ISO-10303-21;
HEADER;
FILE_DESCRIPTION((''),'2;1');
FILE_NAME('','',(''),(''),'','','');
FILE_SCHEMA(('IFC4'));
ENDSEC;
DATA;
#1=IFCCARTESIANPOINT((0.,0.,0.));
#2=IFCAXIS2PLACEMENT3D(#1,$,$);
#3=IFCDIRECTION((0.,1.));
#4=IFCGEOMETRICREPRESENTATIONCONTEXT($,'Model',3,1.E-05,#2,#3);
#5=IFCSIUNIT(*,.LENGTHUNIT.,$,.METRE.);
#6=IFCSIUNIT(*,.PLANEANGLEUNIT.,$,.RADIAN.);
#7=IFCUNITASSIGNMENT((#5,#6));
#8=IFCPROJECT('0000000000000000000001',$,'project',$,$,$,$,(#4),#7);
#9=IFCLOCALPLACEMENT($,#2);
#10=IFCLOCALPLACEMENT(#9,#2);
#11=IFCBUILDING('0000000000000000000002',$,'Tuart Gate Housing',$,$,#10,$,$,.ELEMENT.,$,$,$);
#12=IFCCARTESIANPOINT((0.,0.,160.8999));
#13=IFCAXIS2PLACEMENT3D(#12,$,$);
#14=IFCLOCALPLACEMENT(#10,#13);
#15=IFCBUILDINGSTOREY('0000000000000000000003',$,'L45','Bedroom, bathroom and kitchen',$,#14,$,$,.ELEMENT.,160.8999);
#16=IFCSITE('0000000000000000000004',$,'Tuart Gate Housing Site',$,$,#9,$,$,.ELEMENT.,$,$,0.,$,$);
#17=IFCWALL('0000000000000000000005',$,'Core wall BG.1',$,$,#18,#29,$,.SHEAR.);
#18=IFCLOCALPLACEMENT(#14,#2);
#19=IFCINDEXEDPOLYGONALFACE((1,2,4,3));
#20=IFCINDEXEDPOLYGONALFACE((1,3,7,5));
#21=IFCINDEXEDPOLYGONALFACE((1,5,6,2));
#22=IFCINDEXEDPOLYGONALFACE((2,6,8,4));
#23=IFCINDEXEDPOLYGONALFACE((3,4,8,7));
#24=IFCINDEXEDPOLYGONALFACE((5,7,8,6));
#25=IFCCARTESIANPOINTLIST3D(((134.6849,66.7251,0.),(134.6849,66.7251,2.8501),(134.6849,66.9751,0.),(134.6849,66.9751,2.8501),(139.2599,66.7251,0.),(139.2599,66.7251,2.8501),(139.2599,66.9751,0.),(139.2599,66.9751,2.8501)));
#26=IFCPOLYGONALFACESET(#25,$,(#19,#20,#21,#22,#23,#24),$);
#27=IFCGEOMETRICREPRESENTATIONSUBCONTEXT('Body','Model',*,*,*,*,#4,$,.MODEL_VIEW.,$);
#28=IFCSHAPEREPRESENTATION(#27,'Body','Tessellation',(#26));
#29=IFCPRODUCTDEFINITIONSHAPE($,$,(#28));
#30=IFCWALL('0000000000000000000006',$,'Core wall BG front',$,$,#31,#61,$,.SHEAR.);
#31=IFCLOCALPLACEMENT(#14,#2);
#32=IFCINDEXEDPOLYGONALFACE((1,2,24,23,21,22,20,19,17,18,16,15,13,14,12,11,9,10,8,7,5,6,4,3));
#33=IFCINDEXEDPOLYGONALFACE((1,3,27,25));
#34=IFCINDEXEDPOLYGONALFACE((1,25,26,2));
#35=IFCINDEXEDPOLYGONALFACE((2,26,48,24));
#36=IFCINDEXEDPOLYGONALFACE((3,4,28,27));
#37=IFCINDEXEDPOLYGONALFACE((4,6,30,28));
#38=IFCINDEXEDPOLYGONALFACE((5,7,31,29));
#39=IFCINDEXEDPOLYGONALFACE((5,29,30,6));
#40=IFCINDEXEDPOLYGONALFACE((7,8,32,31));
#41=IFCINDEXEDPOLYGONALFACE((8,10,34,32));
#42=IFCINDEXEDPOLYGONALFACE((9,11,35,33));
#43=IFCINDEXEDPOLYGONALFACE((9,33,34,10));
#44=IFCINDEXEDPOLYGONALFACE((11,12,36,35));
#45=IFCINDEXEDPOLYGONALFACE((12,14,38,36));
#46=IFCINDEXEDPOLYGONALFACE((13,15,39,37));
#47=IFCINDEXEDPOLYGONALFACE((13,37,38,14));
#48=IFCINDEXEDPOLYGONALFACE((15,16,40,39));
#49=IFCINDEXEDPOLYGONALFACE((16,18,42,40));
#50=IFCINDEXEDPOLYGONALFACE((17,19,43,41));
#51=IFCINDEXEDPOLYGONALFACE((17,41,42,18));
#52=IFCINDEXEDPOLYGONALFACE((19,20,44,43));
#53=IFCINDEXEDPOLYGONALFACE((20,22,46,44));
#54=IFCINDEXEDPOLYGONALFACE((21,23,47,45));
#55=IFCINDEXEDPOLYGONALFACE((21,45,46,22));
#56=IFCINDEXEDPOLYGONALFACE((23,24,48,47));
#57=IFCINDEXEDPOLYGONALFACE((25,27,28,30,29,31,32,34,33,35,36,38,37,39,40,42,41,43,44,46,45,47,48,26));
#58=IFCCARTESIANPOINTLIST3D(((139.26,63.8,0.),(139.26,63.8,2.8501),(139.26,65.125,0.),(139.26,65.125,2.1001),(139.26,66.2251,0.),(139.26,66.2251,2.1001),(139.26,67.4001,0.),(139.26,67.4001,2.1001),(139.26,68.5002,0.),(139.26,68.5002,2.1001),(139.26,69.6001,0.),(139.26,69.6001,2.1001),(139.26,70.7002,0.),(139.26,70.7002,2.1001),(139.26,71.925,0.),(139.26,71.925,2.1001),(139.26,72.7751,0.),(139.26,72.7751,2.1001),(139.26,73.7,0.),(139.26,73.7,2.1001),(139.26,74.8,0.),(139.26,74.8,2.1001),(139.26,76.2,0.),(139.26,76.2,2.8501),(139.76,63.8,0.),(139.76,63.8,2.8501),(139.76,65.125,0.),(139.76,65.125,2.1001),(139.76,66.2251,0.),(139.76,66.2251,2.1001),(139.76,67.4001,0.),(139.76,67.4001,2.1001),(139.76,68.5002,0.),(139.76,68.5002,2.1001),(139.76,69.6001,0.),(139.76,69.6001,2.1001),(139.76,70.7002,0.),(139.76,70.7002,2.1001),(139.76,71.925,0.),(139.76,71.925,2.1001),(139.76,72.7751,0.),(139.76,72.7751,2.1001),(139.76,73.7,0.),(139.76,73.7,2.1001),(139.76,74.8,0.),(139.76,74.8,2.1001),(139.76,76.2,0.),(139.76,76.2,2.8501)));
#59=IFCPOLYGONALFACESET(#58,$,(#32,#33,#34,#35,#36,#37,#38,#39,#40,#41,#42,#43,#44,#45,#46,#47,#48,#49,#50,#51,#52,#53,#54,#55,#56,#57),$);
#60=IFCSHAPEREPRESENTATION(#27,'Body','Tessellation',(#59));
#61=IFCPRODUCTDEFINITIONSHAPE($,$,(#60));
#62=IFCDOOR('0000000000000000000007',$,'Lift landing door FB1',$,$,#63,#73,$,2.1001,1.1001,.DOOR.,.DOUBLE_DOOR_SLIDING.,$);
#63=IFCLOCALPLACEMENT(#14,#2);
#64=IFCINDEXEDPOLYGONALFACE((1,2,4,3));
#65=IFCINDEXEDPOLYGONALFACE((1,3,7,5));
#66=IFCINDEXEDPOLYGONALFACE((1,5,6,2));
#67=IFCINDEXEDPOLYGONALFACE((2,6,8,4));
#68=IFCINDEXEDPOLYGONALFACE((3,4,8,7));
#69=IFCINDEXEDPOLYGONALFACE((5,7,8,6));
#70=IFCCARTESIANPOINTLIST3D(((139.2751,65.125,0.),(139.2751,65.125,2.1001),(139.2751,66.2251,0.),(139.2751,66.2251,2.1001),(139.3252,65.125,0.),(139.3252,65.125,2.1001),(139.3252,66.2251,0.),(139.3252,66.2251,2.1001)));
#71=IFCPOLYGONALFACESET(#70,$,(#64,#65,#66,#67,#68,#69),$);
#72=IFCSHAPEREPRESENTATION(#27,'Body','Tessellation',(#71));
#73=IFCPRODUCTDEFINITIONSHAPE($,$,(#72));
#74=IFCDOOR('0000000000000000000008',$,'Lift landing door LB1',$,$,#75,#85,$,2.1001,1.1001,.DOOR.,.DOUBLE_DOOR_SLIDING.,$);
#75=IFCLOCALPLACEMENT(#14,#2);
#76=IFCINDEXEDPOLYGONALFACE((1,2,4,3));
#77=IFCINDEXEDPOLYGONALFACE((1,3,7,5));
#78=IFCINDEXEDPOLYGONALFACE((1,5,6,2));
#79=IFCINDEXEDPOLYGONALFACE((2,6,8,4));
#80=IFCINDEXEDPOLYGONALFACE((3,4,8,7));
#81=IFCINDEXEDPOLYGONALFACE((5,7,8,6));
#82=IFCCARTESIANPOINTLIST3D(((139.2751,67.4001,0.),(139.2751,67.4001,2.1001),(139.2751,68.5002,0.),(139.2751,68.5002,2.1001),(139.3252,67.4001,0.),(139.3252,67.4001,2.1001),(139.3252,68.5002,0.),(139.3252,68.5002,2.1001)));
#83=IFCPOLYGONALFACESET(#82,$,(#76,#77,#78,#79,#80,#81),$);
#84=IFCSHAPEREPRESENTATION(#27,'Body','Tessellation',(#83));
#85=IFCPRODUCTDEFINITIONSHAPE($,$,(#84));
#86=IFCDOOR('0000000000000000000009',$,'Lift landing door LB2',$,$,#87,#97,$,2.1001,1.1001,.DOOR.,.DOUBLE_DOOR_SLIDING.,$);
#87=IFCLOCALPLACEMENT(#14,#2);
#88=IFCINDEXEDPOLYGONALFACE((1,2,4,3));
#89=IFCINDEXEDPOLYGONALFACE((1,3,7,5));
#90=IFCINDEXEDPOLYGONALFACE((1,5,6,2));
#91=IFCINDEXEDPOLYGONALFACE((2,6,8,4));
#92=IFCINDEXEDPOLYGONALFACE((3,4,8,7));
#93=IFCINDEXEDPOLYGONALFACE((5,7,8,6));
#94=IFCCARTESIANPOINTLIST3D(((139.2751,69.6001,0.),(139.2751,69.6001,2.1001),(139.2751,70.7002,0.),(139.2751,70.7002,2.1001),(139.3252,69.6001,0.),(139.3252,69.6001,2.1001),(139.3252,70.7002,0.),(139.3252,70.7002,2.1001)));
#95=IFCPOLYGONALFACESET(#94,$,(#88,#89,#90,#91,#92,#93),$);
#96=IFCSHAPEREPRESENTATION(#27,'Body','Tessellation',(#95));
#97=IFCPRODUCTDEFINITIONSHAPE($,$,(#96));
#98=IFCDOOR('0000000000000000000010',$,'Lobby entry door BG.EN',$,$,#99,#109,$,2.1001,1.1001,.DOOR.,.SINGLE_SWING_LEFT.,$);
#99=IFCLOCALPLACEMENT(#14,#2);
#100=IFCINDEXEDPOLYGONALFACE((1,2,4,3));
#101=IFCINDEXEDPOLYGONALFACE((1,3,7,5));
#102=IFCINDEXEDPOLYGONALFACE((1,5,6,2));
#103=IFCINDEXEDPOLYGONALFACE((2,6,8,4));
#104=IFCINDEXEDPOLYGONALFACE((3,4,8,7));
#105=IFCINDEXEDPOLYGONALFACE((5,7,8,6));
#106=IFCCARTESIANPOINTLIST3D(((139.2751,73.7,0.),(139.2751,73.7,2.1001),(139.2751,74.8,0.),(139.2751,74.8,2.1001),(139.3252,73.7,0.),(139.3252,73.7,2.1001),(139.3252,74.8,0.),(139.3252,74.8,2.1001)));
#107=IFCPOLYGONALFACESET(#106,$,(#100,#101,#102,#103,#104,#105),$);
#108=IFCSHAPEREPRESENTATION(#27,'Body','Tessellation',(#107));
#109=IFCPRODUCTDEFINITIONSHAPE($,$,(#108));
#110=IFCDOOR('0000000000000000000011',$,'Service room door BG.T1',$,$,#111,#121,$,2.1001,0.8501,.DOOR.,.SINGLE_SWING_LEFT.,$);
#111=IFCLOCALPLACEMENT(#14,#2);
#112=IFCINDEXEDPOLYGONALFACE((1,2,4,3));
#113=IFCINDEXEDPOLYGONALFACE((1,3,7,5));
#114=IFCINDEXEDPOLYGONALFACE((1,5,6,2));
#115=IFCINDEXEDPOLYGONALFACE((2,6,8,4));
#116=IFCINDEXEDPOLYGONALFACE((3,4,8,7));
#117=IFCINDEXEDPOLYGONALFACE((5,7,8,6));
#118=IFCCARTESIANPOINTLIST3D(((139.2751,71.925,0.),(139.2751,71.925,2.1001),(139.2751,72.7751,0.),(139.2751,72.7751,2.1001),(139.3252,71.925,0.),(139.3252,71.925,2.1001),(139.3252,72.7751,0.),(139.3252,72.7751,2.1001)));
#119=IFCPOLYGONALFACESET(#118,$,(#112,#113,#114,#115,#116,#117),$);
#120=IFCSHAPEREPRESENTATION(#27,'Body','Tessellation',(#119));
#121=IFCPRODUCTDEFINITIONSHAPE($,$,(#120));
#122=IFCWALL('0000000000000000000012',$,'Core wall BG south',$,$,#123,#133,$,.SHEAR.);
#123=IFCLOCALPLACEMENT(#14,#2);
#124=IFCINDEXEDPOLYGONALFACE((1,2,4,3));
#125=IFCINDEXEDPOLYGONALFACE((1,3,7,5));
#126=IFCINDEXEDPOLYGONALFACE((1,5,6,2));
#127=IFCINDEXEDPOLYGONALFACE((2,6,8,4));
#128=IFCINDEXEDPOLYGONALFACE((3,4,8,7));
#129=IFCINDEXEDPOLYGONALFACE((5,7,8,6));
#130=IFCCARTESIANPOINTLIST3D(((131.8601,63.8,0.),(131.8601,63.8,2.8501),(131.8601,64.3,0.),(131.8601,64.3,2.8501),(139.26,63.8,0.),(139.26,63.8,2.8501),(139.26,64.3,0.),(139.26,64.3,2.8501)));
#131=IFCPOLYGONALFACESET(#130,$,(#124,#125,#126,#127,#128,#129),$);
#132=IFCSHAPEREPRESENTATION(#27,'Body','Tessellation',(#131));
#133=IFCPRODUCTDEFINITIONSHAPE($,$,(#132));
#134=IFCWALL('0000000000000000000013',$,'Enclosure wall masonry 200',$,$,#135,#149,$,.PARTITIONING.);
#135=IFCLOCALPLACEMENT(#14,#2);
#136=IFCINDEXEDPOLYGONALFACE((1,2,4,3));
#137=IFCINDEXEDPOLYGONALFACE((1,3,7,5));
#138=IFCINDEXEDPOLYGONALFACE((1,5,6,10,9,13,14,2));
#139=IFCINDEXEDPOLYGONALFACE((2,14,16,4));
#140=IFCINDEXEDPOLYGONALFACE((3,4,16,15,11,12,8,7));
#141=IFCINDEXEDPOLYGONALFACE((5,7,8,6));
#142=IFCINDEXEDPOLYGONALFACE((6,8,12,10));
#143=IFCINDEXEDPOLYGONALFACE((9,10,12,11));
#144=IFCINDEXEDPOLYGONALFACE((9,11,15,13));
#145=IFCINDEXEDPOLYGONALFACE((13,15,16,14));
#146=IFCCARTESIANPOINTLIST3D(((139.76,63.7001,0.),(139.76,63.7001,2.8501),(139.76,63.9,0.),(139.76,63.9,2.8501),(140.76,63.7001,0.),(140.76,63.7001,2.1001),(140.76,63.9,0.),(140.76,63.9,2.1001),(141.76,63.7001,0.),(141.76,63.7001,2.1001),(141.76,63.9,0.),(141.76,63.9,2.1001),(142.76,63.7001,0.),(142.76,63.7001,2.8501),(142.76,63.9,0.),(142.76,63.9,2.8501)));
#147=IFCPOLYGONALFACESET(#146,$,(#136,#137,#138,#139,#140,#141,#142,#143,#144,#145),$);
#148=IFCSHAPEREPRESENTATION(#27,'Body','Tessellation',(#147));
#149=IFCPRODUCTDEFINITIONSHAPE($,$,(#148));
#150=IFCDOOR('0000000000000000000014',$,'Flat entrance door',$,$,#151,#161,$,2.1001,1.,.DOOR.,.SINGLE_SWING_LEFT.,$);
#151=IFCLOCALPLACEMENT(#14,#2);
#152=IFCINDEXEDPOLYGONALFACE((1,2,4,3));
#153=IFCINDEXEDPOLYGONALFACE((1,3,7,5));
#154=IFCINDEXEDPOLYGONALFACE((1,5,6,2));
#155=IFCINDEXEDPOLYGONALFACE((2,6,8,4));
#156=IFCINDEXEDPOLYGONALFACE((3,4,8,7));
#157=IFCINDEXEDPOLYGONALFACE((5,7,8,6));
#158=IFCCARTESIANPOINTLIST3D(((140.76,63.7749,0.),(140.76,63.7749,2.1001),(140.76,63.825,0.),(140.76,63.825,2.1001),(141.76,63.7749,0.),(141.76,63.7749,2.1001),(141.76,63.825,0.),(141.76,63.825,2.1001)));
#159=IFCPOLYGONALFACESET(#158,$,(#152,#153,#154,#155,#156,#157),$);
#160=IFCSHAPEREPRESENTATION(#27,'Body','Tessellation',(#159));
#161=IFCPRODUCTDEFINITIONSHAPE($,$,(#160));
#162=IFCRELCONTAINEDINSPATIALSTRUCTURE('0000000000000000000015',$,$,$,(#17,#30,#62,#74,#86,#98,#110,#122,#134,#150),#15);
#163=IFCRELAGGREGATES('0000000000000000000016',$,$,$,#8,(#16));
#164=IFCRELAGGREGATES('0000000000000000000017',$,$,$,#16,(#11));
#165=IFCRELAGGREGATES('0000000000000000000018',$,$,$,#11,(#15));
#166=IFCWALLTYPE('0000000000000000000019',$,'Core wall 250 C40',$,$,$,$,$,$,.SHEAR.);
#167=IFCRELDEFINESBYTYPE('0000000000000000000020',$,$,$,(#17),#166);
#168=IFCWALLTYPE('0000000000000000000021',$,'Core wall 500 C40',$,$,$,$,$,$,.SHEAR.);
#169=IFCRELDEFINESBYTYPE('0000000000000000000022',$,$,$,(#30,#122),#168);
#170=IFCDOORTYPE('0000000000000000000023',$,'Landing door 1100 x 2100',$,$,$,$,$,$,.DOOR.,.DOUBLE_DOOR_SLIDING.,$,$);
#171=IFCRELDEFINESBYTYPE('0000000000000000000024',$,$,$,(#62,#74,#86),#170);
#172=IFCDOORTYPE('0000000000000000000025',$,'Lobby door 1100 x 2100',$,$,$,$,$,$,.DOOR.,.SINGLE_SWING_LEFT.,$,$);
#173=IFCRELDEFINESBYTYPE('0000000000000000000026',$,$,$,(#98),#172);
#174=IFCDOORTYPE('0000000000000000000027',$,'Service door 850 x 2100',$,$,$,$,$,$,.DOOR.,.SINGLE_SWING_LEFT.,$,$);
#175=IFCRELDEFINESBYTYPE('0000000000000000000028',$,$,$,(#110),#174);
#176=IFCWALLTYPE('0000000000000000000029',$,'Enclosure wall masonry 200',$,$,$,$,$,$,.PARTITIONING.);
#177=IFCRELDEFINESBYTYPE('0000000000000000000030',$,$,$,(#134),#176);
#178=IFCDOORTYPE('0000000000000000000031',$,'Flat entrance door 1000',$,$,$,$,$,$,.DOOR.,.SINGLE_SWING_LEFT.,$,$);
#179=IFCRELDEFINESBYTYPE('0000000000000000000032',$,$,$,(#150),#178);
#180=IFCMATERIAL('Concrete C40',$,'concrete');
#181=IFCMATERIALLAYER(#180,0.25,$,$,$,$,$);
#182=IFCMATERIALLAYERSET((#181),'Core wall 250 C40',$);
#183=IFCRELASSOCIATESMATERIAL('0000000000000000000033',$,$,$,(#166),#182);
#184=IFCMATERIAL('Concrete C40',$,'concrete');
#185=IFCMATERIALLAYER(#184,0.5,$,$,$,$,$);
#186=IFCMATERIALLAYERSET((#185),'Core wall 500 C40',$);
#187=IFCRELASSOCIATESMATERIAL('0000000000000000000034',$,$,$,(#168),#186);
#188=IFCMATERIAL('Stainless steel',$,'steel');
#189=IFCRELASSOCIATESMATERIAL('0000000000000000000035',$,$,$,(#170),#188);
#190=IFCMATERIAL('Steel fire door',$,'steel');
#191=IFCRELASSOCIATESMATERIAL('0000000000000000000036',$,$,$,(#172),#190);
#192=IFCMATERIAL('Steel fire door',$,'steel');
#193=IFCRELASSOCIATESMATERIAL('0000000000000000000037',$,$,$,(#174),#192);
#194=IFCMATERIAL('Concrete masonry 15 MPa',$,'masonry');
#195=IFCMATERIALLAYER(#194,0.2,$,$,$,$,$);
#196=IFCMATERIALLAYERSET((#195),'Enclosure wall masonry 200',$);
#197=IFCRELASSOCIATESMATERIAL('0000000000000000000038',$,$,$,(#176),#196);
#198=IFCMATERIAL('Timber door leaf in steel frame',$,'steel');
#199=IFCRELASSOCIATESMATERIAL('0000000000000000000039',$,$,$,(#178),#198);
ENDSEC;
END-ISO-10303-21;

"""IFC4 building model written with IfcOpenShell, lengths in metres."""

from ifc_helpers import new_model, si_unit, direction, frame, frame_2d, origin, place, context, subcontext, project, spatial, rectangle, extrude, material, layer, layer_set, type_object, element, fill, save


model = new_model("IFC4")

# Units and contexts
model_context = context("Model", 3, precision=1e-05, world=origin(), true_north=direction((0.0, 1.0)))
body_context = subcontext(model_context, "Body", "Model", "MODEL_VIEW")
ifc_project = project(units=[si_unit("LENGTHUNIT", "METRE"), si_unit("PLANEANGLEUNIT", "RADIAN")], contexts=[model_context])

# Site, building, storey
site_placement = place(None, origin())
site = spatial("IfcSite", under=ifc_project, at=site_placement, Name="Tuart Gate Housing Site", CompositionType="ELEMENT", RefElevation=0.0)
building_placement = place(site_placement, origin())
building = spatial("IfcBuilding", under=site, at=building_placement, Name="Tuart Gate Housing", CompositionType="ELEMENT")
storey_placement = place(building_placement, frame((0.0, 0.0, 160.8999)))
storey = spatial("IfcBuildingStorey", under=building, at=storey_placement, Name="L45", Description="Bedroom, bathroom and kitchen", CompositionType="ELEMENT", Elevation=160.8999)

# Wall
ifc_material_1 = material(Name="Concrete C40", Category="concrete")
ifc_layer_1 = layer(ifc_material_1, 0.25)
ifc_layer_set_1 = layer_set([ifc_layer_1], Name="Core wall 250 C40")
wall_type_1 = type_object("IfcWallType", Name="Core wall 250 C40", PredefinedType="SHEAR", material=ifc_layer_set_1)
wall_1_placement = place(storey_placement, frame((139.26, 66.8501, 0.0), z_axis=(0.0, 0.0, 1.0), x_axis=(-1.0, 0.0, 0.0)))
element("IfcWall", 1, at=wall_1_placement, inside=storey, type_object=wall_type_1, Name="Core wall BG.1", PredefinedType="SHEAR", context=body_context, shape_type="SweptSolid", body=[
    extrude(rectangle(XDim=4.575, YDim=0.25, at=frame_2d((2.2876, 0.0))), origin(), (0.0, 0.0, 1.0), 2.8501),
])

# Wall, openings, doors
ifc_material_2 = material(Name="Concrete C40", Category="concrete")
ifc_layer_2 = layer(ifc_material_2, 0.5)
ifc_layer_set_2 = layer_set([ifc_layer_2], Name="Core wall 500 C40")
wall_type_2 = type_object("IfcWallType", Name="Core wall 500 C40", PredefinedType="SHEAR", material=ifc_layer_set_2)
wall_2_placement = place(storey_placement, frame((139.51, 63.8, 0.0), z_axis=(0.0, 0.0, 1.0), x_axis=(0.0, 1.0, 0.0)))
wall_2 = element("IfcWall", 2, at=wall_2_placement, inside=storey, type_object=wall_type_2, Name="Core wall BG front", PredefinedType="SHEAR", context=body_context, shape_type="SweptSolid", body=[
    extrude(rectangle(XDim=12.3999, YDim=0.5, at=frame_2d((6.2, 0.0))), origin(), (0.0, 0.0, 1.0), 2.8501),
])
opening_1_placement = place(wall_2_placement, frame((1.325, 0.0, 0.0)))
opening_1 = element("IfcOpeningElement", 3, at=opening_1_placement, cuts=wall_2, PredefinedType="OPENING", context=body_context, shape_type="SweptSolid", body=[
    extrude(rectangle(XDim=1.1001, YDim=2.1001, at=frame_2d((0.55, 1.05))), frame((0.0, 0.26, 0.0), z_axis=(0.0, -1.0, 0.0), x_axis=(1.0, 0.0, 0.0)), (0.0, 0.0, 1.0), 0.52),
])
opening_2_placement = place(wall_2_placement, frame((3.6001, 0.0, 0.0)))
opening_2 = element("IfcOpeningElement", 4, at=opening_2_placement, cuts=wall_2, PredefinedType="OPENING", context=body_context, shape_type="SweptSolid", body=[
    extrude(rectangle(XDim=1.1001, YDim=2.1001, at=frame_2d((0.55, 1.05))), frame((0.0, 0.26, 0.0), z_axis=(0.0, -1.0, 0.0), x_axis=(1.0, 0.0, 0.0)), (0.0, 0.0, 1.0), 0.52),
])
opening_3_placement = place(wall_2_placement, frame((5.8, 0.0, 0.0)))
opening_3 = element("IfcOpeningElement", 5, at=opening_3_placement, cuts=wall_2, PredefinedType="OPENING", context=body_context, shape_type="SweptSolid", body=[
    extrude(rectangle(XDim=1.1001, YDim=2.1001, at=frame_2d((0.55, 1.05))), frame((0.0, 0.26, 0.0), z_axis=(0.0, -1.0, 0.0), x_axis=(1.0, 0.0, 0.0)), (0.0, 0.0, 1.0), 0.52),
])
opening_4_placement = place(wall_2_placement, frame((9.8999, 0.0, 0.0)))
opening_4 = element("IfcOpeningElement", 6, at=opening_4_placement, cuts=wall_2, PredefinedType="OPENING", context=body_context, shape_type="SweptSolid", body=[
    extrude(rectangle(XDim=1.1001, YDim=2.1001, at=frame_2d((0.55, 1.05))), frame((0.0, 0.26, 0.0), z_axis=(0.0, -1.0, 0.0), x_axis=(1.0, 0.0, 0.0)), (0.0, 0.0, 1.0), 0.52),
])
opening_5_placement = place(wall_2_placement, frame((8.125, 0.0, 0.0)))
opening_5 = element("IfcOpeningElement", 7, at=opening_5_placement, cuts=wall_2, PredefinedType="OPENING", context=body_context, shape_type="SweptSolid", body=[
    extrude(rectangle(XDim=0.8501, YDim=2.1001, at=frame_2d((0.425, 1.05))), frame((0.0, 0.26, 0.0), z_axis=(0.0, -1.0, 0.0), x_axis=(1.0, 0.0, 0.0)), (0.0, 0.0, 1.0), 0.52),
])
ifc_material_3 = material(Name="Stainless steel", Category="steel")
door_type_1 = type_object("IfcDoorType", Name="Landing door 1100 x 2100", OperationType="DOUBLE_DOOR_SLIDING", PredefinedType="DOOR", material=ifc_material_3)
door_1_placement = place(opening_1_placement, origin())
door_1 = element("IfcDoor", 8, at=door_1_placement, inside=storey, type_object=door_type_1, Name="Lift landing door FB1", OperationType="DOUBLE_DOOR_SLIDING", OverallHeight=2.1001, OverallWidth=1.1001, PredefinedType="DOOR", context=body_context, shape_type="SweptSolid", body=[
    extrude(rectangle(XDim=1.1001, YDim=2.1001, at=frame_2d((0.55, 1.05))), frame((0.0, 0.2349, 0.0), z_axis=(0.0, -1.0, 0.0), x_axis=(1.0, 0.0, 0.0)), (0.0, 0.0, 1.0), 0.05),
])
fill(opening_1, door_1)
door_2_placement = place(opening_2_placement, origin())
door_2 = element("IfcDoor", 9, at=door_2_placement, inside=storey, type_object=door_type_1, Name="Lift landing door LB1", OperationType="DOUBLE_DOOR_SLIDING", OverallHeight=2.1001, OverallWidth=1.1001, PredefinedType="DOOR", context=body_context, shape_type="SweptSolid", body=[
    extrude(rectangle(XDim=1.1001, YDim=2.1001, at=frame_2d((0.55, 1.05))), frame((0.0, 0.2349, 0.0), z_axis=(0.0, -1.0, 0.0), x_axis=(1.0, 0.0, 0.0)), (0.0, 0.0, 1.0), 0.05),
])
fill(opening_2, door_2)
door_3_placement = place(opening_3_placement, origin())
door_3 = element("IfcDoor", 10, at=door_3_placement, inside=storey, type_object=door_type_1, Name="Lift landing door LB2", OperationType="DOUBLE_DOOR_SLIDING", OverallHeight=2.1001, OverallWidth=1.1001, PredefinedType="DOOR", context=body_context, shape_type="SweptSolid", body=[
    extrude(rectangle(XDim=1.1001, YDim=2.1001, at=frame_2d((0.55, 1.05))), frame((0.0, 0.2349, 0.0), z_axis=(0.0, -1.0, 0.0), x_axis=(1.0, 0.0, 0.0)), (0.0, 0.0, 1.0), 0.05),
])
fill(opening_3, door_3)
ifc_material_4 = material(Name="Steel fire door", Category="steel")
door_type_2 = type_object("IfcDoorType", Name="Lobby door 1100 x 2100", OperationType="SINGLE_SWING_LEFT", PredefinedType="DOOR", material=ifc_material_4)
door_4_placement = place(opening_4_placement, origin())
door_4 = element("IfcDoor", 11, at=door_4_placement, inside=storey, type_object=door_type_2, Name="Lobby entry door BG.EN", OperationType="SINGLE_SWING_LEFT", OverallHeight=2.1001, OverallWidth=1.1001, PredefinedType="DOOR", context=body_context, shape_type="SweptSolid", body=[
    extrude(rectangle(XDim=1.1001, YDim=2.1001, at=frame_2d((0.55, 1.05))), frame((0.0, 0.2349, 0.0), z_axis=(0.0, -1.0, 0.0), x_axis=(1.0, 0.0, 0.0)), (0.0, 0.0, 1.0), 0.05),
])
fill(opening_4, door_4)
ifc_material_5 = material(Name="Steel fire door", Category="steel")
door_type_3 = type_object("IfcDoorType", Name="Service door 850 x 2100", OperationType="SINGLE_SWING_LEFT", PredefinedType="DOOR", material=ifc_material_5)
door_5_placement = place(opening_5_placement, origin())
door_5 = element("IfcDoor", 12, at=door_5_placement, inside=storey, type_object=door_type_3, Name="Service room door BG.T1", OperationType="SINGLE_SWING_LEFT", OverallHeight=2.1001, OverallWidth=0.8501, PredefinedType="DOOR", context=body_context, shape_type="SweptSolid", body=[
    extrude(rectangle(XDim=0.8501, YDim=2.1001, at=frame_2d((0.425, 1.05))), frame((0.0, 0.2349, 0.0), z_axis=(0.0, -1.0, 0.0), x_axis=(1.0, 0.0, 0.0)), (0.0, 0.0, 1.0), 0.05),
])
fill(opening_5, door_5)

# Wall
wall_3_placement = place(storey_placement, frame((139.26, 64.05, 0.0), z_axis=(0.0, 0.0, 1.0), x_axis=(-1.0, 0.0, 0.0)))
element("IfcWall", 13, at=wall_3_placement, inside=storey, type_object=wall_type_2, Name="Core wall BG south", PredefinedType="SHEAR", context=body_context, shape_type="SweptSolid", body=[
    extrude(rectangle(XDim=7.3999, YDim=0.5, at=frame_2d((3.7, 0.0))), origin(), (0.0, 0.0, 1.0), 2.8501),
])

# Wall, opening, door
ifc_material_6 = material(Name="Concrete masonry 15 MPa", Category="masonry")
ifc_layer_3 = layer(ifc_material_6, 0.2)
ifc_layer_set_3 = layer_set([ifc_layer_3], Name="Enclosure wall masonry 200")
wall_type_3 = type_object("IfcWallType", Name="Enclosure wall masonry 200", PredefinedType="PARTITIONING", material=ifc_layer_set_3)
wall_4_placement = place(storey_placement, frame((139.76, 63.8, 0.0), z_axis=(0.0, 0.0, 1.0), x_axis=(1.0, 0.0, 0.0)))
wall_4 = element("IfcWall", 14, at=wall_4_placement, inside=storey, type_object=wall_type_3, Name="Enclosure wall masonry 200", PredefinedType="PARTITIONING", context=body_context, shape_type="SweptSolid", body=[
    extrude(rectangle(XDim=3.0, YDim=0.2, at=frame_2d((1.5, 0.0))), origin(), (0.0, 0.0, 1.0), 2.8501),
])
opening_6_placement = place(wall_4_placement, frame((1.0, 0.0, 0.0)))
opening_6 = element("IfcOpeningElement", 15, at=opening_6_placement, cuts=wall_4, PredefinedType="OPENING", context=body_context, shape_type="SweptSolid", body=[
    extrude(rectangle(XDim=1.0, YDim=2.1001, at=frame_2d((0.5, 1.05))), frame((0.0, 0.1099, 0.0), z_axis=(0.0, -1.0, 0.0), x_axis=(1.0, 0.0, 0.0)), (0.0, 0.0, 1.0), 0.22),
])
ifc_material_7 = material(Name="Timber door leaf in steel frame", Category="steel")
door_type_4 = type_object("IfcDoorType", Name="Flat entrance door 1000", OperationType="SINGLE_SWING_LEFT", PredefinedType="DOOR", material=ifc_material_7)
door_6_placement = place(opening_6_placement, frame((1.0, 0.0, 0.0), z_axis=(0.0, 0.0, 1.0), x_axis=(-1.0, 0.0, 0.0)))
door_6 = element("IfcDoor", 16, at=door_6_placement, inside=storey, type_object=door_type_4, Name="Flat entrance door", OperationType="SINGLE_SWING_LEFT", OverallHeight=2.1001, OverallWidth=1.0, PredefinedType="DOOR", context=body_context, shape_type="SweptSolid", body=[
    extrude(rectangle(XDim=1.0, YDim=2.1001, at=frame_2d((0.5, 1.05))), frame((0.0, 0.0251, 0.0), z_axis=(0.0, -1.0, 0.0), x_axis=(1.0, 0.0, 0.0)), (0.0, 0.0, 1.0), 0.05),
])
fill(opening_6, door_6)

save(model, "model.ifc")
